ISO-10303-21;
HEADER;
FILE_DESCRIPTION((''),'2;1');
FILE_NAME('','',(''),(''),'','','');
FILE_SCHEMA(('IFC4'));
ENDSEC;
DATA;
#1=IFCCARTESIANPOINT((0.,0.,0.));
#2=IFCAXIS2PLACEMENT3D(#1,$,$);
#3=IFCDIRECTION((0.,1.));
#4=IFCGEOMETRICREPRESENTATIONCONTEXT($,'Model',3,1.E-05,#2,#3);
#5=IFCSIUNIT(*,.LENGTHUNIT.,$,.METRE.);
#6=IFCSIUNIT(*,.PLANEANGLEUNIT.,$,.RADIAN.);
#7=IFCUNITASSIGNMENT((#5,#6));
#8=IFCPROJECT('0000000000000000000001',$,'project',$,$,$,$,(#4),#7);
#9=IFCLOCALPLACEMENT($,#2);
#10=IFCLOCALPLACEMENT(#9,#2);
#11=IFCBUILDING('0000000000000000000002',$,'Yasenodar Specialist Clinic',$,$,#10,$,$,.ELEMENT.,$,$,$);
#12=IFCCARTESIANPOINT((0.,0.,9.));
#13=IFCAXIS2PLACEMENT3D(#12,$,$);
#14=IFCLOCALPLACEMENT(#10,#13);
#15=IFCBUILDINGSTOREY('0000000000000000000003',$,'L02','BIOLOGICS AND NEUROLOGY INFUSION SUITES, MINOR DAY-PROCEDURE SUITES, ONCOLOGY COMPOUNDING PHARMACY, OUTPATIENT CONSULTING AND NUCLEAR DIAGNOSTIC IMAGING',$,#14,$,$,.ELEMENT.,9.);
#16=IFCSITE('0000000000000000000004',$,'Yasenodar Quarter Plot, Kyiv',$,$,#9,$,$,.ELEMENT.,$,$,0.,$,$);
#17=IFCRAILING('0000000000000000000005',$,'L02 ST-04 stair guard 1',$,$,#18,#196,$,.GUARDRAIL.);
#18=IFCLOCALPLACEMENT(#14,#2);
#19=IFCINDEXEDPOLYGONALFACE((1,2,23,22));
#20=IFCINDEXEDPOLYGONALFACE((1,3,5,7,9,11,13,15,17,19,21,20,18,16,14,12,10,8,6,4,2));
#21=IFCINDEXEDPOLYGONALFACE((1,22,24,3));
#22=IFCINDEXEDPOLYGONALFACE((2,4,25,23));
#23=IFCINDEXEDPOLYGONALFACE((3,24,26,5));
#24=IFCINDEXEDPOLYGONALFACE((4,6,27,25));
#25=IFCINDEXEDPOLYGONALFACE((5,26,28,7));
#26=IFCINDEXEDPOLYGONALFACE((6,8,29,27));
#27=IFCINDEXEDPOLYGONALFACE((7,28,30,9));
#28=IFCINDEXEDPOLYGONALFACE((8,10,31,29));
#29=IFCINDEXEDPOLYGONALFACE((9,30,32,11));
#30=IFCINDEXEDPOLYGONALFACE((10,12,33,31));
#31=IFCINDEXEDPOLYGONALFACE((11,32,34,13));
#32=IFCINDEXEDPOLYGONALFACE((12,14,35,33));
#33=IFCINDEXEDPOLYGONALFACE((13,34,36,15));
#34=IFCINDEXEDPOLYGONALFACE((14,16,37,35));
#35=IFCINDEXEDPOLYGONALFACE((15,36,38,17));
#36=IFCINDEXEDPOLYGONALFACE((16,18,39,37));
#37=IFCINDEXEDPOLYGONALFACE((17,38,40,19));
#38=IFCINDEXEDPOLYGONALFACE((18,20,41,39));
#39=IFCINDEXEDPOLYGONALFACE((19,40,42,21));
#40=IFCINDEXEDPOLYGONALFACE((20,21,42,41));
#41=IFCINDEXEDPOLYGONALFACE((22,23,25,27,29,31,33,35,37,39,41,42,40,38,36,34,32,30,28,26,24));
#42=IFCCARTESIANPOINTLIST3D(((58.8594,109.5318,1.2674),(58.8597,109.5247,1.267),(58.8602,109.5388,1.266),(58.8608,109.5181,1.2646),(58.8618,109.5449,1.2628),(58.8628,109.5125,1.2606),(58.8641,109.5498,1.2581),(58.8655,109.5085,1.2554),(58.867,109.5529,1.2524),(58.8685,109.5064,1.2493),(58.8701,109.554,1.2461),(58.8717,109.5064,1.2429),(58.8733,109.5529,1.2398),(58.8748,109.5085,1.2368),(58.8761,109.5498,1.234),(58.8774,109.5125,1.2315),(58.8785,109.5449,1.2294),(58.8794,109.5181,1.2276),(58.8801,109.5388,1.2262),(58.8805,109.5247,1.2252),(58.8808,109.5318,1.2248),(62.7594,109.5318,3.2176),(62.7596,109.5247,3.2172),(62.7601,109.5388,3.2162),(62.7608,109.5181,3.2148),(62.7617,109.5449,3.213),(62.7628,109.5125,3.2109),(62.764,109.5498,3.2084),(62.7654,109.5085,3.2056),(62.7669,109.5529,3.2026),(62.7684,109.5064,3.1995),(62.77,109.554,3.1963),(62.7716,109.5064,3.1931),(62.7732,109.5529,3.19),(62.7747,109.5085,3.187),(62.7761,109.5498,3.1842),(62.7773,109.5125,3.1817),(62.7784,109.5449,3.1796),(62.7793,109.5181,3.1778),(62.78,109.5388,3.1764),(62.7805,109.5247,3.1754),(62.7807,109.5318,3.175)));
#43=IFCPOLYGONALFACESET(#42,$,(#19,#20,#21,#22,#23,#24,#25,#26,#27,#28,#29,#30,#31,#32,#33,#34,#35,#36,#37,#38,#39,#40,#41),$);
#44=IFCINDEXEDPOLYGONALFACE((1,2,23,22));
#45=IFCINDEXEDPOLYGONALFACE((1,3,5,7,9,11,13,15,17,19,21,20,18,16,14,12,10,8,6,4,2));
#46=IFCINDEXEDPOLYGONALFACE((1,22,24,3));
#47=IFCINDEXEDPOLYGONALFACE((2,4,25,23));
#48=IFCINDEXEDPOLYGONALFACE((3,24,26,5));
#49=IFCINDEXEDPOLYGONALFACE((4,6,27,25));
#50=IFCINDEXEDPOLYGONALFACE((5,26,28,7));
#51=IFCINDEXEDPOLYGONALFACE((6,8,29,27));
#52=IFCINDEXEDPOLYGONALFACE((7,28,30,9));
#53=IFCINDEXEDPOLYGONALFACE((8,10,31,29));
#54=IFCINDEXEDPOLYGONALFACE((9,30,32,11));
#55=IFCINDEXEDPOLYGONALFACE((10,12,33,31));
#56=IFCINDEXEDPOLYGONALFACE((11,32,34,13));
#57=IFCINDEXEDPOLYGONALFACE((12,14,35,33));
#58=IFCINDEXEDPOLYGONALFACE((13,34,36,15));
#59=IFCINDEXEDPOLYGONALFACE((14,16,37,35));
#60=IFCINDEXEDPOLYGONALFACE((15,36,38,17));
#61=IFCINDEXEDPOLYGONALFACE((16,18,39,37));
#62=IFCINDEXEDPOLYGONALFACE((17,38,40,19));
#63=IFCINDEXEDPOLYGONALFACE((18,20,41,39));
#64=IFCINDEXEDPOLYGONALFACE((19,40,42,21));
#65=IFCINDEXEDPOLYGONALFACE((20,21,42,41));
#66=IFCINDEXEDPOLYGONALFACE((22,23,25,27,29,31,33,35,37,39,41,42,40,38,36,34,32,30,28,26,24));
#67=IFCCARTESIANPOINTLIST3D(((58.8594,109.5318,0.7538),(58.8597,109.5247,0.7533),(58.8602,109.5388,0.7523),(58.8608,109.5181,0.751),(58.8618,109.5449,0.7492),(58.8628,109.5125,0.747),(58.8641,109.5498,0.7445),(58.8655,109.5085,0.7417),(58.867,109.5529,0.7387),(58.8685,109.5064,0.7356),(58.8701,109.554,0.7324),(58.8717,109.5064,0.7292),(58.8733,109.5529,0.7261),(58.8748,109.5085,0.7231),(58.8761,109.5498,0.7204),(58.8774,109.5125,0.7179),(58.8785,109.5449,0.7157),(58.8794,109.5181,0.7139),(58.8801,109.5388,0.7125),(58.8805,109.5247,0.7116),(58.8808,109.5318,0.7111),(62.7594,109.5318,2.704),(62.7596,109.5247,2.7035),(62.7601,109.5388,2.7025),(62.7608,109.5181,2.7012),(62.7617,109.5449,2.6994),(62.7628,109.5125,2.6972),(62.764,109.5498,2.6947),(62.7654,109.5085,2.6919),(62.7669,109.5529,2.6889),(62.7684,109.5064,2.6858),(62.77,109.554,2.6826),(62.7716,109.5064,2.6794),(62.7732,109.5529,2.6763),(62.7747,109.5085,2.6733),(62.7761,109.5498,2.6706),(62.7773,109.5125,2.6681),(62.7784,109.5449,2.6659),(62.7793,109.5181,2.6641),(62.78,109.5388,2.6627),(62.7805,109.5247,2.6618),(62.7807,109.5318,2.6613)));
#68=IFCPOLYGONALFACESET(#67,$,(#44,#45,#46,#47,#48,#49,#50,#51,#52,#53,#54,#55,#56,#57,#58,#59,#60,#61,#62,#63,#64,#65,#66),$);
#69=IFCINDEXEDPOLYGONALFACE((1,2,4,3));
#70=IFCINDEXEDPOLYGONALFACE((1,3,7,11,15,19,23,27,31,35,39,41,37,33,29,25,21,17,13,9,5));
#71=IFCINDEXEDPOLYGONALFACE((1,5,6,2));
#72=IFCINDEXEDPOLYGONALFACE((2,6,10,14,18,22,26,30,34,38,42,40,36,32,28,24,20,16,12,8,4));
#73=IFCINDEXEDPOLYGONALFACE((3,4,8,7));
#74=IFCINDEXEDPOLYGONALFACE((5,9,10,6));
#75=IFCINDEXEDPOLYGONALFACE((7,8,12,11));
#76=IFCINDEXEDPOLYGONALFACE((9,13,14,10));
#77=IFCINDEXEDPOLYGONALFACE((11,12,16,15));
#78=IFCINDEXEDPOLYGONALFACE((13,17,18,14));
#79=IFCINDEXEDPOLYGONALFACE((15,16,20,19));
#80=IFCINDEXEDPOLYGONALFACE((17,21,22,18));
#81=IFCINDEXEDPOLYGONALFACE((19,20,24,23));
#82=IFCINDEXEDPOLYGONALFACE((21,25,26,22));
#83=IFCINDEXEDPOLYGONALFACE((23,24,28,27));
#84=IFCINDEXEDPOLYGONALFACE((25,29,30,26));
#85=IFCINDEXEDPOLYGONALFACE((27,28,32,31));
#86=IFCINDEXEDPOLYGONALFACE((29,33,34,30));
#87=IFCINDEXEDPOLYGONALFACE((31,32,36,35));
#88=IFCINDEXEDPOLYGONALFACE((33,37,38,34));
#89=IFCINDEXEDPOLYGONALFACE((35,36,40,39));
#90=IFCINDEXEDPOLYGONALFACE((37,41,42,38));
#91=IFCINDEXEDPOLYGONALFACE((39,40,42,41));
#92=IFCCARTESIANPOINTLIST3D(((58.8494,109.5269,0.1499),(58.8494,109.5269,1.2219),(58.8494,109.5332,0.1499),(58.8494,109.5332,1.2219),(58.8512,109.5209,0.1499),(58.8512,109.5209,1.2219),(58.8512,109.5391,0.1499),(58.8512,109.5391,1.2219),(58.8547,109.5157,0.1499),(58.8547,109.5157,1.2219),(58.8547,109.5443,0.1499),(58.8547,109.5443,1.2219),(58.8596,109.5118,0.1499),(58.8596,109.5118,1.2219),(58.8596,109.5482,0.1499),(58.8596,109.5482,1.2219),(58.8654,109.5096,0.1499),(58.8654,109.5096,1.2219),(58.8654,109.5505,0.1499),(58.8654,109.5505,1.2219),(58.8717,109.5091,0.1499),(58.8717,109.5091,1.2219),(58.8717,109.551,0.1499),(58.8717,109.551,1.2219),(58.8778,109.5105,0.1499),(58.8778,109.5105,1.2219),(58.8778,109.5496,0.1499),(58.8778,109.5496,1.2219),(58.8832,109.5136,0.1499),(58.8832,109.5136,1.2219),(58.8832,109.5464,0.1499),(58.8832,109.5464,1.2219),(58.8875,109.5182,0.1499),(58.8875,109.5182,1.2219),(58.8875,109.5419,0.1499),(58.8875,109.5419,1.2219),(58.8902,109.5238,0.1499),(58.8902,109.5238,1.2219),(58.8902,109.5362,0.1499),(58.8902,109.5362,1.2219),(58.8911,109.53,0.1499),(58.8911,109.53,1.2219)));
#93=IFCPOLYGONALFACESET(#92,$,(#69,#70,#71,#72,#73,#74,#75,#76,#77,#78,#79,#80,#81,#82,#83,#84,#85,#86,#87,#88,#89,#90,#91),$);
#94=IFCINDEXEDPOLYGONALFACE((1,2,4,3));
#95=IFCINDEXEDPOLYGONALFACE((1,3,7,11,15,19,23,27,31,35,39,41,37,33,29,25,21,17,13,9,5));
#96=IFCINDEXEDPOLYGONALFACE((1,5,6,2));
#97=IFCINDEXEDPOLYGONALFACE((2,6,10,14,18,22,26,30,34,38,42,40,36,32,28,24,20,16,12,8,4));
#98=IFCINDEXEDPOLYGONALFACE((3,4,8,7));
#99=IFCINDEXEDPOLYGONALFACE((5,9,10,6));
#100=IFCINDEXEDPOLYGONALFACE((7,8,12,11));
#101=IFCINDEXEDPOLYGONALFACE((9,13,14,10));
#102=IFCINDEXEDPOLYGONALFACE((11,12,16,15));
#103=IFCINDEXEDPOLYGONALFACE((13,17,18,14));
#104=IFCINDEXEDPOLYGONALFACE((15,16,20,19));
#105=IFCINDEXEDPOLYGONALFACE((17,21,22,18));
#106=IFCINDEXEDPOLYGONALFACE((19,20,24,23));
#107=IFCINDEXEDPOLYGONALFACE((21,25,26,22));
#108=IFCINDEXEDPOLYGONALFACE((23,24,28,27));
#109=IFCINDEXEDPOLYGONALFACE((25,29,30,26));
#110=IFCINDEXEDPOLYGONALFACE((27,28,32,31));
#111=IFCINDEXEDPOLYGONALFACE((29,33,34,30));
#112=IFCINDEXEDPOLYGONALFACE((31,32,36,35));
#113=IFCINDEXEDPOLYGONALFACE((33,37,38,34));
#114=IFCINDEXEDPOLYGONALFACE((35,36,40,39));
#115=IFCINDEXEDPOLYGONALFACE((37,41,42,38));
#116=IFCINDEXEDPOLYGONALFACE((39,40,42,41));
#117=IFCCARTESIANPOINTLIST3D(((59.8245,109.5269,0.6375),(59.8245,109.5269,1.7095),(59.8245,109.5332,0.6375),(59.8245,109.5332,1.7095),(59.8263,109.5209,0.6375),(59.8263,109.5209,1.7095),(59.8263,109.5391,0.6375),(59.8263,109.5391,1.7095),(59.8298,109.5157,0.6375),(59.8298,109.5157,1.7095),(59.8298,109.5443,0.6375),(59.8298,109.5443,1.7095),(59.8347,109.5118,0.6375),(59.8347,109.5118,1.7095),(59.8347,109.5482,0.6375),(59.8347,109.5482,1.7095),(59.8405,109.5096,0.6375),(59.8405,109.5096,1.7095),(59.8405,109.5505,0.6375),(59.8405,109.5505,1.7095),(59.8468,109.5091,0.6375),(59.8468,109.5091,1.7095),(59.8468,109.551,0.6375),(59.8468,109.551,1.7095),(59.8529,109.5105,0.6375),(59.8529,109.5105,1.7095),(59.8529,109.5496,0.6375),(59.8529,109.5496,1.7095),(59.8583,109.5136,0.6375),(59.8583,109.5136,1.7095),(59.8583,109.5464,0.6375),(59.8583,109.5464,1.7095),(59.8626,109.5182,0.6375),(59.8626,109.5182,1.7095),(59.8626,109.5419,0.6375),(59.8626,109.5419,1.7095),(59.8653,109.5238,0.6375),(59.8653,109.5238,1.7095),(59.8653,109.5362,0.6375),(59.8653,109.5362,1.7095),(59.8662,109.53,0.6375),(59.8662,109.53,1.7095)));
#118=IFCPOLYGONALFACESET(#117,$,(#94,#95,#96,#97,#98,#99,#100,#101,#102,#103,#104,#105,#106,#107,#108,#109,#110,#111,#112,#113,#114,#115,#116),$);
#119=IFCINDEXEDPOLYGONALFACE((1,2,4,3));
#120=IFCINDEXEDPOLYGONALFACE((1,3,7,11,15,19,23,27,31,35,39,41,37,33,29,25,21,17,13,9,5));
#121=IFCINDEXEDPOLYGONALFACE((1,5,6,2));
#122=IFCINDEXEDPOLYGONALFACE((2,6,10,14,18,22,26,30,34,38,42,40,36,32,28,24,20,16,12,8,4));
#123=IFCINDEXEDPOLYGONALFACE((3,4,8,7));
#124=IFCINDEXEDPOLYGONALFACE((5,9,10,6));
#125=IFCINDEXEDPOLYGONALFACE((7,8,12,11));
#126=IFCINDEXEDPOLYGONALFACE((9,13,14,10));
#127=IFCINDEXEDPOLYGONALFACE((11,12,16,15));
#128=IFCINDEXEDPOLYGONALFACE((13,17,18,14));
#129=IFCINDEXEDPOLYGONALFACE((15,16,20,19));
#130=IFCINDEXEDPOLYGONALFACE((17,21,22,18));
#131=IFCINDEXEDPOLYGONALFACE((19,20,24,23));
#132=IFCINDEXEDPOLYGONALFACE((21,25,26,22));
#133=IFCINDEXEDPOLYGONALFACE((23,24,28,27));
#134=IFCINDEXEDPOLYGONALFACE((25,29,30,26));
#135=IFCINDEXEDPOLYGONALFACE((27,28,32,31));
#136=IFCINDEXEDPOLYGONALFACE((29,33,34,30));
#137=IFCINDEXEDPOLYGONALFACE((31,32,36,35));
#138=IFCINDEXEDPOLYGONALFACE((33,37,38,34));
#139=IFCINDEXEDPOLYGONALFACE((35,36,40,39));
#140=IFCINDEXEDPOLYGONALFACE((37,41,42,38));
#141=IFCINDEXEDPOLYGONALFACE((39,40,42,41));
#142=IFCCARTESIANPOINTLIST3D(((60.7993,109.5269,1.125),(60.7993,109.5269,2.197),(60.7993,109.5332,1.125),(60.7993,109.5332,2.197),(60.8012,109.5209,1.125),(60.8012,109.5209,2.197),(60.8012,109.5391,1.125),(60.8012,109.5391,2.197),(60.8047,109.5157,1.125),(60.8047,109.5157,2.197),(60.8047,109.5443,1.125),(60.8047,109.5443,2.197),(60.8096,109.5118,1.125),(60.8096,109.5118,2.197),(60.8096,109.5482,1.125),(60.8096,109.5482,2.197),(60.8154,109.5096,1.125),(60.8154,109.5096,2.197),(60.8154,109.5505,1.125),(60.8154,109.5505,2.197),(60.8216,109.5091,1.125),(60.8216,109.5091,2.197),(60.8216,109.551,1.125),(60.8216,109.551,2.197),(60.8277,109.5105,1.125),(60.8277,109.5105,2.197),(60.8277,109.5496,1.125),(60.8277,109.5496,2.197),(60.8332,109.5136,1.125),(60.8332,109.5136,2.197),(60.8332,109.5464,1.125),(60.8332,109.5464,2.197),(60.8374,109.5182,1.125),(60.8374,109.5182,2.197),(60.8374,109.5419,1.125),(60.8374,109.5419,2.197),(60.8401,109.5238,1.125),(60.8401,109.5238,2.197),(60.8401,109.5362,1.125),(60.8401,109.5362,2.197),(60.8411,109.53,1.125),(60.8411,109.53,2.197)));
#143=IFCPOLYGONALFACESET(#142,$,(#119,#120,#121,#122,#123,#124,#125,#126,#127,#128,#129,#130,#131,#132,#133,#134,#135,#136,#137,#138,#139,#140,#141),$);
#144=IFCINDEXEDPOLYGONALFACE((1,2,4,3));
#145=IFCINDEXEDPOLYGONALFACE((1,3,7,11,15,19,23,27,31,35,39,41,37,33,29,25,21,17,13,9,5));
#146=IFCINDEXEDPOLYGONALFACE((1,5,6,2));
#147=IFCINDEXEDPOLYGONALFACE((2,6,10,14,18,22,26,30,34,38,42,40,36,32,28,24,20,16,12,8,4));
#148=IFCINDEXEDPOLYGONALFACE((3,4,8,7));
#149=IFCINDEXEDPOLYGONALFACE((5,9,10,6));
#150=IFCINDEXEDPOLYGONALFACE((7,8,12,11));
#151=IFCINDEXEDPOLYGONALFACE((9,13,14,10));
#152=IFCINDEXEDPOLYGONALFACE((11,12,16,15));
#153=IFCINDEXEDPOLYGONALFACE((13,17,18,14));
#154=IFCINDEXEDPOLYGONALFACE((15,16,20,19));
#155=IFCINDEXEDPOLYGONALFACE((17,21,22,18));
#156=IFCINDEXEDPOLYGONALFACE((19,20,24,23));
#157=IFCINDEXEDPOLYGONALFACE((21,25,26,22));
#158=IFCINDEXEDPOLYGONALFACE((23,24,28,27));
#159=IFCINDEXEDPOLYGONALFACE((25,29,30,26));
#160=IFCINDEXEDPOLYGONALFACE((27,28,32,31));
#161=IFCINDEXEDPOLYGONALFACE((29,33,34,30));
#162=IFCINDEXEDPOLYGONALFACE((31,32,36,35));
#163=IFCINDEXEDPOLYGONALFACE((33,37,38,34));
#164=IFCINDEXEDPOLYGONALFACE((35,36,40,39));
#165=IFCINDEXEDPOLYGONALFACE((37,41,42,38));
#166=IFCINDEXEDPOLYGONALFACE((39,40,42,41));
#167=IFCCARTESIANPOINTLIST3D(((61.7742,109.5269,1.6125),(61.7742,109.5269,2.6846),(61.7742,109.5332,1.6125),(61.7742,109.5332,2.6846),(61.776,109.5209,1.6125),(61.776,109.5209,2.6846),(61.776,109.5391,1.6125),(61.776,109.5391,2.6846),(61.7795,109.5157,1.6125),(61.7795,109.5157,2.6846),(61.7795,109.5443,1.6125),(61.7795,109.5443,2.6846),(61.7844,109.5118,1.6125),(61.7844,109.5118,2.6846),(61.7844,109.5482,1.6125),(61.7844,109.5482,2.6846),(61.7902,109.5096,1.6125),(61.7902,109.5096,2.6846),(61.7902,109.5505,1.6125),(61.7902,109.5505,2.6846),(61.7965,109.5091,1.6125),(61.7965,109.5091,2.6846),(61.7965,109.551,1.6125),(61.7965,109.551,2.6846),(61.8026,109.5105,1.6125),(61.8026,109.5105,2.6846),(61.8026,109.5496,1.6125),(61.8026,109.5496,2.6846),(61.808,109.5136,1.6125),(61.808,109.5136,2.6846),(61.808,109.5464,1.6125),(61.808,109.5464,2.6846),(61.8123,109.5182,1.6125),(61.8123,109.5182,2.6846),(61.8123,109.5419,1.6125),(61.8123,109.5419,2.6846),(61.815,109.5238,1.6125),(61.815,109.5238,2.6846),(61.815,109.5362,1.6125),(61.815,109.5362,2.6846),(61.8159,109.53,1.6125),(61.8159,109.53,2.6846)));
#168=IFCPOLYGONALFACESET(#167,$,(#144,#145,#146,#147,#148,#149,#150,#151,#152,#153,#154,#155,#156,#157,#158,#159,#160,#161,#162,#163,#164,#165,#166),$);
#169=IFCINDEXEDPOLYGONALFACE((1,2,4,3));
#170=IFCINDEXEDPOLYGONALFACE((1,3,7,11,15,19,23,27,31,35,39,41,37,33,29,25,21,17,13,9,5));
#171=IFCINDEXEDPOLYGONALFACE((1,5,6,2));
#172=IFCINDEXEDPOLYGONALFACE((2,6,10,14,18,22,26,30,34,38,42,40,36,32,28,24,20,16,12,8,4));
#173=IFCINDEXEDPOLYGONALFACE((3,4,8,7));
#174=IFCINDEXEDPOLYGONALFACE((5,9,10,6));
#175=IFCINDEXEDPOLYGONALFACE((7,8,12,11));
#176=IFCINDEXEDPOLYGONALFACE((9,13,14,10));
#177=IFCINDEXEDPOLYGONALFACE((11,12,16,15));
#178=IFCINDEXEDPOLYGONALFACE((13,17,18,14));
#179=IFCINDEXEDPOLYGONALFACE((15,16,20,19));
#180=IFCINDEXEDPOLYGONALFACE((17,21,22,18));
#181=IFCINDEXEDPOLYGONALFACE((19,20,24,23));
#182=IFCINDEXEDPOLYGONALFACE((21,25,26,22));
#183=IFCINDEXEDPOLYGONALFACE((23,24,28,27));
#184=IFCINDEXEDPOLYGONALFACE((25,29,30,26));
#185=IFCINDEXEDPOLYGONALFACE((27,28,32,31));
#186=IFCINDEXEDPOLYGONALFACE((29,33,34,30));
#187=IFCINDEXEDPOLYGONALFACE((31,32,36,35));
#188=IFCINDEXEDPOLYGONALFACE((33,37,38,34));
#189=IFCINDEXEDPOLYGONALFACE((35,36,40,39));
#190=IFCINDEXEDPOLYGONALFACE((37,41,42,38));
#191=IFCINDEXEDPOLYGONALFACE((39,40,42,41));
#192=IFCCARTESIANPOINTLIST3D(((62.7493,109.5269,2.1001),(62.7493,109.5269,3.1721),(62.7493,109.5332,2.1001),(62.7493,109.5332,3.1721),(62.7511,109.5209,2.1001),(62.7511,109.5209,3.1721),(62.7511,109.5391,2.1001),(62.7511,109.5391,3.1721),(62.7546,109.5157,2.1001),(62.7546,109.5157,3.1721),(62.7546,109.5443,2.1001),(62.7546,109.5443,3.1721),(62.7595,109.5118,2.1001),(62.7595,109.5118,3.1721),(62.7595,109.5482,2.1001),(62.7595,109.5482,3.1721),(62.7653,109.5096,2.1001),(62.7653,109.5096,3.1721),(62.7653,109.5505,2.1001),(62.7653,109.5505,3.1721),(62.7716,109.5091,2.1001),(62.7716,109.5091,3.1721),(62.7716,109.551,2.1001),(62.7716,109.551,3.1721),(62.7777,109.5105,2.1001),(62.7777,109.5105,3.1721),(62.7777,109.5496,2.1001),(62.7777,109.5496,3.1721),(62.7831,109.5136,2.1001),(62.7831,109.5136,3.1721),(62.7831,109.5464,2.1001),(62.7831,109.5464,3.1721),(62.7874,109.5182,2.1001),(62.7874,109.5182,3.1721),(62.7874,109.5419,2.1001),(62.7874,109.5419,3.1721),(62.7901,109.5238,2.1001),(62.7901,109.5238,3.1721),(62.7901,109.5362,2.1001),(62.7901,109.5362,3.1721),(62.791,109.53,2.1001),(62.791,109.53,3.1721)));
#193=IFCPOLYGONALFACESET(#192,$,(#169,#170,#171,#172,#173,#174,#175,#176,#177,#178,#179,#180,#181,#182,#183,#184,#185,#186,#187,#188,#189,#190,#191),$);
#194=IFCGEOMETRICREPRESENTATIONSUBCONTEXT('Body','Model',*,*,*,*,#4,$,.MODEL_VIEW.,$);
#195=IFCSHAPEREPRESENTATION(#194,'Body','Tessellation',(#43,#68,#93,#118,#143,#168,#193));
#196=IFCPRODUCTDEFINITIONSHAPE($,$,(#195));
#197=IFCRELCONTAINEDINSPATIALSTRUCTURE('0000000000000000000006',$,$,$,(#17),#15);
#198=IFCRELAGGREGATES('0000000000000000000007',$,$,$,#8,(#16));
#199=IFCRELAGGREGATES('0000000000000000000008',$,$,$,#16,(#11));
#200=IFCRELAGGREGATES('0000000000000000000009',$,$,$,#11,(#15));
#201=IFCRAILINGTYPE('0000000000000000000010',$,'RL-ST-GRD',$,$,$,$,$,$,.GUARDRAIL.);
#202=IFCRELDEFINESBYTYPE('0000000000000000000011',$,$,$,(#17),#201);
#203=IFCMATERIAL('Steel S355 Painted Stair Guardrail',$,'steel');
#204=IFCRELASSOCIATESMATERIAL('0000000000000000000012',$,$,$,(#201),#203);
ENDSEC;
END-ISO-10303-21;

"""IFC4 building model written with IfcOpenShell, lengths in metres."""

from ifc_helpers import new_model, si_unit, direction, frame, origin, origin_2d, place, context, subcontext, project, spatial, circle, extrude, material, type_object, element, save


model = new_model("IFC4")

# Units and contexts
model_context = context("Model", 3, precision=1e-05, world=origin(), true_north=direction((0.0, 1.0)))
body_context = subcontext(model_context, "Body", "Model", "MODEL_VIEW")
ifc_project = project(units=[si_unit("LENGTHUNIT", "METRE"), si_unit("PLANEANGLEUNIT", "RADIAN")], contexts=[model_context])

# Site, building, storey
site_placement = place(None, origin())
site = spatial("IfcSite", under=ifc_project, at=site_placement, Name="Yasenodar Quarter Plot, Kyiv", CompositionType="ELEMENT", RefElevation=0.0)
building_placement = place(site_placement, origin())
building = spatial("IfcBuilding", under=site, at=building_placement, Name="Yasenodar Specialist Clinic", CompositionType="ELEMENT")
storey_placement = place(building_placement, frame((0.0, 0.0, 9.0)))
storey = spatial("IfcBuildingStorey", under=building, at=storey_placement, Name="L02", Description="BIOLOGICS AND NEUROLOGY INFUSION SUITES, MINOR DAY-PROCEDURE SUITES, ONCOLOGY COMPOUNDING PHARMACY, OUTPATIENT CONSULTING AND NUCLEAR DIAGNOSTIC IMAGING", CompositionType="ELEMENT", Elevation=9.0)

# Railing
ifc_material_1 = material(Name="Steel S355 Painted Stair Guardrail", Category="steel")
railing_type_1 = type_object("IfcRailingType", Name="RL-ST-GRD", PredefinedType="GUARDRAIL", material=ifc_material_1)
railing_1_placement = place(storey_placement, frame((58.8701, 109.53, 0.1499)))
element("IfcRailing", 1, at=railing_1_placement, inside=storey, type_object=railing_type_1, Name="L02 ST-04 stair guard 1", PredefinedType="GUARDRAIL", context=body_context, shape_type="SweptSolid", body=[
    extrude(circle(Radius=0.0239, at=origin_2d()), frame((0.0, 0.0, 1.0962), z_axis=(0.894405, 0.0, 0.447258), x_axis=(0.0, 1.0, 0.0)), (0.0, 0.0, 1.0), 4.3604),
    extrude(circle(Radius=0.0239, at=origin_2d()), frame((0.0, 0.0, 0.5825), z_axis=(0.894405, 0.0, 0.447258), x_axis=(0.0, 1.0, 0.0)), (0.0, 0.0, 1.0), 4.3604),
    extrude(circle(Radius=0.021, at=origin_2d()), origin(), (0.0, 0.0, 1.0), 1.072),
    extrude(circle(Radius=0.021, at=origin_2d()), frame((0.9751, 0.0, 0.4875)), (0.0, 0.0, 1.0), 1.072),
    extrude(circle(Radius=0.021, at=origin_2d()), frame((1.95, 0.0, 0.9751)), (0.0, 0.0, 1.0), 1.072),
    extrude(circle(Radius=0.021, at=origin_2d()), frame((2.9248, 0.0, 1.4626)), (0.0, 0.0, 1.0), 1.072),
    extrude(circle(Radius=0.021, at=origin_2d()), frame((3.8999, 0.0, 1.9502)), (0.0, 0.0, 1.0), 1.072),
])

save(model, "model.ifc")
